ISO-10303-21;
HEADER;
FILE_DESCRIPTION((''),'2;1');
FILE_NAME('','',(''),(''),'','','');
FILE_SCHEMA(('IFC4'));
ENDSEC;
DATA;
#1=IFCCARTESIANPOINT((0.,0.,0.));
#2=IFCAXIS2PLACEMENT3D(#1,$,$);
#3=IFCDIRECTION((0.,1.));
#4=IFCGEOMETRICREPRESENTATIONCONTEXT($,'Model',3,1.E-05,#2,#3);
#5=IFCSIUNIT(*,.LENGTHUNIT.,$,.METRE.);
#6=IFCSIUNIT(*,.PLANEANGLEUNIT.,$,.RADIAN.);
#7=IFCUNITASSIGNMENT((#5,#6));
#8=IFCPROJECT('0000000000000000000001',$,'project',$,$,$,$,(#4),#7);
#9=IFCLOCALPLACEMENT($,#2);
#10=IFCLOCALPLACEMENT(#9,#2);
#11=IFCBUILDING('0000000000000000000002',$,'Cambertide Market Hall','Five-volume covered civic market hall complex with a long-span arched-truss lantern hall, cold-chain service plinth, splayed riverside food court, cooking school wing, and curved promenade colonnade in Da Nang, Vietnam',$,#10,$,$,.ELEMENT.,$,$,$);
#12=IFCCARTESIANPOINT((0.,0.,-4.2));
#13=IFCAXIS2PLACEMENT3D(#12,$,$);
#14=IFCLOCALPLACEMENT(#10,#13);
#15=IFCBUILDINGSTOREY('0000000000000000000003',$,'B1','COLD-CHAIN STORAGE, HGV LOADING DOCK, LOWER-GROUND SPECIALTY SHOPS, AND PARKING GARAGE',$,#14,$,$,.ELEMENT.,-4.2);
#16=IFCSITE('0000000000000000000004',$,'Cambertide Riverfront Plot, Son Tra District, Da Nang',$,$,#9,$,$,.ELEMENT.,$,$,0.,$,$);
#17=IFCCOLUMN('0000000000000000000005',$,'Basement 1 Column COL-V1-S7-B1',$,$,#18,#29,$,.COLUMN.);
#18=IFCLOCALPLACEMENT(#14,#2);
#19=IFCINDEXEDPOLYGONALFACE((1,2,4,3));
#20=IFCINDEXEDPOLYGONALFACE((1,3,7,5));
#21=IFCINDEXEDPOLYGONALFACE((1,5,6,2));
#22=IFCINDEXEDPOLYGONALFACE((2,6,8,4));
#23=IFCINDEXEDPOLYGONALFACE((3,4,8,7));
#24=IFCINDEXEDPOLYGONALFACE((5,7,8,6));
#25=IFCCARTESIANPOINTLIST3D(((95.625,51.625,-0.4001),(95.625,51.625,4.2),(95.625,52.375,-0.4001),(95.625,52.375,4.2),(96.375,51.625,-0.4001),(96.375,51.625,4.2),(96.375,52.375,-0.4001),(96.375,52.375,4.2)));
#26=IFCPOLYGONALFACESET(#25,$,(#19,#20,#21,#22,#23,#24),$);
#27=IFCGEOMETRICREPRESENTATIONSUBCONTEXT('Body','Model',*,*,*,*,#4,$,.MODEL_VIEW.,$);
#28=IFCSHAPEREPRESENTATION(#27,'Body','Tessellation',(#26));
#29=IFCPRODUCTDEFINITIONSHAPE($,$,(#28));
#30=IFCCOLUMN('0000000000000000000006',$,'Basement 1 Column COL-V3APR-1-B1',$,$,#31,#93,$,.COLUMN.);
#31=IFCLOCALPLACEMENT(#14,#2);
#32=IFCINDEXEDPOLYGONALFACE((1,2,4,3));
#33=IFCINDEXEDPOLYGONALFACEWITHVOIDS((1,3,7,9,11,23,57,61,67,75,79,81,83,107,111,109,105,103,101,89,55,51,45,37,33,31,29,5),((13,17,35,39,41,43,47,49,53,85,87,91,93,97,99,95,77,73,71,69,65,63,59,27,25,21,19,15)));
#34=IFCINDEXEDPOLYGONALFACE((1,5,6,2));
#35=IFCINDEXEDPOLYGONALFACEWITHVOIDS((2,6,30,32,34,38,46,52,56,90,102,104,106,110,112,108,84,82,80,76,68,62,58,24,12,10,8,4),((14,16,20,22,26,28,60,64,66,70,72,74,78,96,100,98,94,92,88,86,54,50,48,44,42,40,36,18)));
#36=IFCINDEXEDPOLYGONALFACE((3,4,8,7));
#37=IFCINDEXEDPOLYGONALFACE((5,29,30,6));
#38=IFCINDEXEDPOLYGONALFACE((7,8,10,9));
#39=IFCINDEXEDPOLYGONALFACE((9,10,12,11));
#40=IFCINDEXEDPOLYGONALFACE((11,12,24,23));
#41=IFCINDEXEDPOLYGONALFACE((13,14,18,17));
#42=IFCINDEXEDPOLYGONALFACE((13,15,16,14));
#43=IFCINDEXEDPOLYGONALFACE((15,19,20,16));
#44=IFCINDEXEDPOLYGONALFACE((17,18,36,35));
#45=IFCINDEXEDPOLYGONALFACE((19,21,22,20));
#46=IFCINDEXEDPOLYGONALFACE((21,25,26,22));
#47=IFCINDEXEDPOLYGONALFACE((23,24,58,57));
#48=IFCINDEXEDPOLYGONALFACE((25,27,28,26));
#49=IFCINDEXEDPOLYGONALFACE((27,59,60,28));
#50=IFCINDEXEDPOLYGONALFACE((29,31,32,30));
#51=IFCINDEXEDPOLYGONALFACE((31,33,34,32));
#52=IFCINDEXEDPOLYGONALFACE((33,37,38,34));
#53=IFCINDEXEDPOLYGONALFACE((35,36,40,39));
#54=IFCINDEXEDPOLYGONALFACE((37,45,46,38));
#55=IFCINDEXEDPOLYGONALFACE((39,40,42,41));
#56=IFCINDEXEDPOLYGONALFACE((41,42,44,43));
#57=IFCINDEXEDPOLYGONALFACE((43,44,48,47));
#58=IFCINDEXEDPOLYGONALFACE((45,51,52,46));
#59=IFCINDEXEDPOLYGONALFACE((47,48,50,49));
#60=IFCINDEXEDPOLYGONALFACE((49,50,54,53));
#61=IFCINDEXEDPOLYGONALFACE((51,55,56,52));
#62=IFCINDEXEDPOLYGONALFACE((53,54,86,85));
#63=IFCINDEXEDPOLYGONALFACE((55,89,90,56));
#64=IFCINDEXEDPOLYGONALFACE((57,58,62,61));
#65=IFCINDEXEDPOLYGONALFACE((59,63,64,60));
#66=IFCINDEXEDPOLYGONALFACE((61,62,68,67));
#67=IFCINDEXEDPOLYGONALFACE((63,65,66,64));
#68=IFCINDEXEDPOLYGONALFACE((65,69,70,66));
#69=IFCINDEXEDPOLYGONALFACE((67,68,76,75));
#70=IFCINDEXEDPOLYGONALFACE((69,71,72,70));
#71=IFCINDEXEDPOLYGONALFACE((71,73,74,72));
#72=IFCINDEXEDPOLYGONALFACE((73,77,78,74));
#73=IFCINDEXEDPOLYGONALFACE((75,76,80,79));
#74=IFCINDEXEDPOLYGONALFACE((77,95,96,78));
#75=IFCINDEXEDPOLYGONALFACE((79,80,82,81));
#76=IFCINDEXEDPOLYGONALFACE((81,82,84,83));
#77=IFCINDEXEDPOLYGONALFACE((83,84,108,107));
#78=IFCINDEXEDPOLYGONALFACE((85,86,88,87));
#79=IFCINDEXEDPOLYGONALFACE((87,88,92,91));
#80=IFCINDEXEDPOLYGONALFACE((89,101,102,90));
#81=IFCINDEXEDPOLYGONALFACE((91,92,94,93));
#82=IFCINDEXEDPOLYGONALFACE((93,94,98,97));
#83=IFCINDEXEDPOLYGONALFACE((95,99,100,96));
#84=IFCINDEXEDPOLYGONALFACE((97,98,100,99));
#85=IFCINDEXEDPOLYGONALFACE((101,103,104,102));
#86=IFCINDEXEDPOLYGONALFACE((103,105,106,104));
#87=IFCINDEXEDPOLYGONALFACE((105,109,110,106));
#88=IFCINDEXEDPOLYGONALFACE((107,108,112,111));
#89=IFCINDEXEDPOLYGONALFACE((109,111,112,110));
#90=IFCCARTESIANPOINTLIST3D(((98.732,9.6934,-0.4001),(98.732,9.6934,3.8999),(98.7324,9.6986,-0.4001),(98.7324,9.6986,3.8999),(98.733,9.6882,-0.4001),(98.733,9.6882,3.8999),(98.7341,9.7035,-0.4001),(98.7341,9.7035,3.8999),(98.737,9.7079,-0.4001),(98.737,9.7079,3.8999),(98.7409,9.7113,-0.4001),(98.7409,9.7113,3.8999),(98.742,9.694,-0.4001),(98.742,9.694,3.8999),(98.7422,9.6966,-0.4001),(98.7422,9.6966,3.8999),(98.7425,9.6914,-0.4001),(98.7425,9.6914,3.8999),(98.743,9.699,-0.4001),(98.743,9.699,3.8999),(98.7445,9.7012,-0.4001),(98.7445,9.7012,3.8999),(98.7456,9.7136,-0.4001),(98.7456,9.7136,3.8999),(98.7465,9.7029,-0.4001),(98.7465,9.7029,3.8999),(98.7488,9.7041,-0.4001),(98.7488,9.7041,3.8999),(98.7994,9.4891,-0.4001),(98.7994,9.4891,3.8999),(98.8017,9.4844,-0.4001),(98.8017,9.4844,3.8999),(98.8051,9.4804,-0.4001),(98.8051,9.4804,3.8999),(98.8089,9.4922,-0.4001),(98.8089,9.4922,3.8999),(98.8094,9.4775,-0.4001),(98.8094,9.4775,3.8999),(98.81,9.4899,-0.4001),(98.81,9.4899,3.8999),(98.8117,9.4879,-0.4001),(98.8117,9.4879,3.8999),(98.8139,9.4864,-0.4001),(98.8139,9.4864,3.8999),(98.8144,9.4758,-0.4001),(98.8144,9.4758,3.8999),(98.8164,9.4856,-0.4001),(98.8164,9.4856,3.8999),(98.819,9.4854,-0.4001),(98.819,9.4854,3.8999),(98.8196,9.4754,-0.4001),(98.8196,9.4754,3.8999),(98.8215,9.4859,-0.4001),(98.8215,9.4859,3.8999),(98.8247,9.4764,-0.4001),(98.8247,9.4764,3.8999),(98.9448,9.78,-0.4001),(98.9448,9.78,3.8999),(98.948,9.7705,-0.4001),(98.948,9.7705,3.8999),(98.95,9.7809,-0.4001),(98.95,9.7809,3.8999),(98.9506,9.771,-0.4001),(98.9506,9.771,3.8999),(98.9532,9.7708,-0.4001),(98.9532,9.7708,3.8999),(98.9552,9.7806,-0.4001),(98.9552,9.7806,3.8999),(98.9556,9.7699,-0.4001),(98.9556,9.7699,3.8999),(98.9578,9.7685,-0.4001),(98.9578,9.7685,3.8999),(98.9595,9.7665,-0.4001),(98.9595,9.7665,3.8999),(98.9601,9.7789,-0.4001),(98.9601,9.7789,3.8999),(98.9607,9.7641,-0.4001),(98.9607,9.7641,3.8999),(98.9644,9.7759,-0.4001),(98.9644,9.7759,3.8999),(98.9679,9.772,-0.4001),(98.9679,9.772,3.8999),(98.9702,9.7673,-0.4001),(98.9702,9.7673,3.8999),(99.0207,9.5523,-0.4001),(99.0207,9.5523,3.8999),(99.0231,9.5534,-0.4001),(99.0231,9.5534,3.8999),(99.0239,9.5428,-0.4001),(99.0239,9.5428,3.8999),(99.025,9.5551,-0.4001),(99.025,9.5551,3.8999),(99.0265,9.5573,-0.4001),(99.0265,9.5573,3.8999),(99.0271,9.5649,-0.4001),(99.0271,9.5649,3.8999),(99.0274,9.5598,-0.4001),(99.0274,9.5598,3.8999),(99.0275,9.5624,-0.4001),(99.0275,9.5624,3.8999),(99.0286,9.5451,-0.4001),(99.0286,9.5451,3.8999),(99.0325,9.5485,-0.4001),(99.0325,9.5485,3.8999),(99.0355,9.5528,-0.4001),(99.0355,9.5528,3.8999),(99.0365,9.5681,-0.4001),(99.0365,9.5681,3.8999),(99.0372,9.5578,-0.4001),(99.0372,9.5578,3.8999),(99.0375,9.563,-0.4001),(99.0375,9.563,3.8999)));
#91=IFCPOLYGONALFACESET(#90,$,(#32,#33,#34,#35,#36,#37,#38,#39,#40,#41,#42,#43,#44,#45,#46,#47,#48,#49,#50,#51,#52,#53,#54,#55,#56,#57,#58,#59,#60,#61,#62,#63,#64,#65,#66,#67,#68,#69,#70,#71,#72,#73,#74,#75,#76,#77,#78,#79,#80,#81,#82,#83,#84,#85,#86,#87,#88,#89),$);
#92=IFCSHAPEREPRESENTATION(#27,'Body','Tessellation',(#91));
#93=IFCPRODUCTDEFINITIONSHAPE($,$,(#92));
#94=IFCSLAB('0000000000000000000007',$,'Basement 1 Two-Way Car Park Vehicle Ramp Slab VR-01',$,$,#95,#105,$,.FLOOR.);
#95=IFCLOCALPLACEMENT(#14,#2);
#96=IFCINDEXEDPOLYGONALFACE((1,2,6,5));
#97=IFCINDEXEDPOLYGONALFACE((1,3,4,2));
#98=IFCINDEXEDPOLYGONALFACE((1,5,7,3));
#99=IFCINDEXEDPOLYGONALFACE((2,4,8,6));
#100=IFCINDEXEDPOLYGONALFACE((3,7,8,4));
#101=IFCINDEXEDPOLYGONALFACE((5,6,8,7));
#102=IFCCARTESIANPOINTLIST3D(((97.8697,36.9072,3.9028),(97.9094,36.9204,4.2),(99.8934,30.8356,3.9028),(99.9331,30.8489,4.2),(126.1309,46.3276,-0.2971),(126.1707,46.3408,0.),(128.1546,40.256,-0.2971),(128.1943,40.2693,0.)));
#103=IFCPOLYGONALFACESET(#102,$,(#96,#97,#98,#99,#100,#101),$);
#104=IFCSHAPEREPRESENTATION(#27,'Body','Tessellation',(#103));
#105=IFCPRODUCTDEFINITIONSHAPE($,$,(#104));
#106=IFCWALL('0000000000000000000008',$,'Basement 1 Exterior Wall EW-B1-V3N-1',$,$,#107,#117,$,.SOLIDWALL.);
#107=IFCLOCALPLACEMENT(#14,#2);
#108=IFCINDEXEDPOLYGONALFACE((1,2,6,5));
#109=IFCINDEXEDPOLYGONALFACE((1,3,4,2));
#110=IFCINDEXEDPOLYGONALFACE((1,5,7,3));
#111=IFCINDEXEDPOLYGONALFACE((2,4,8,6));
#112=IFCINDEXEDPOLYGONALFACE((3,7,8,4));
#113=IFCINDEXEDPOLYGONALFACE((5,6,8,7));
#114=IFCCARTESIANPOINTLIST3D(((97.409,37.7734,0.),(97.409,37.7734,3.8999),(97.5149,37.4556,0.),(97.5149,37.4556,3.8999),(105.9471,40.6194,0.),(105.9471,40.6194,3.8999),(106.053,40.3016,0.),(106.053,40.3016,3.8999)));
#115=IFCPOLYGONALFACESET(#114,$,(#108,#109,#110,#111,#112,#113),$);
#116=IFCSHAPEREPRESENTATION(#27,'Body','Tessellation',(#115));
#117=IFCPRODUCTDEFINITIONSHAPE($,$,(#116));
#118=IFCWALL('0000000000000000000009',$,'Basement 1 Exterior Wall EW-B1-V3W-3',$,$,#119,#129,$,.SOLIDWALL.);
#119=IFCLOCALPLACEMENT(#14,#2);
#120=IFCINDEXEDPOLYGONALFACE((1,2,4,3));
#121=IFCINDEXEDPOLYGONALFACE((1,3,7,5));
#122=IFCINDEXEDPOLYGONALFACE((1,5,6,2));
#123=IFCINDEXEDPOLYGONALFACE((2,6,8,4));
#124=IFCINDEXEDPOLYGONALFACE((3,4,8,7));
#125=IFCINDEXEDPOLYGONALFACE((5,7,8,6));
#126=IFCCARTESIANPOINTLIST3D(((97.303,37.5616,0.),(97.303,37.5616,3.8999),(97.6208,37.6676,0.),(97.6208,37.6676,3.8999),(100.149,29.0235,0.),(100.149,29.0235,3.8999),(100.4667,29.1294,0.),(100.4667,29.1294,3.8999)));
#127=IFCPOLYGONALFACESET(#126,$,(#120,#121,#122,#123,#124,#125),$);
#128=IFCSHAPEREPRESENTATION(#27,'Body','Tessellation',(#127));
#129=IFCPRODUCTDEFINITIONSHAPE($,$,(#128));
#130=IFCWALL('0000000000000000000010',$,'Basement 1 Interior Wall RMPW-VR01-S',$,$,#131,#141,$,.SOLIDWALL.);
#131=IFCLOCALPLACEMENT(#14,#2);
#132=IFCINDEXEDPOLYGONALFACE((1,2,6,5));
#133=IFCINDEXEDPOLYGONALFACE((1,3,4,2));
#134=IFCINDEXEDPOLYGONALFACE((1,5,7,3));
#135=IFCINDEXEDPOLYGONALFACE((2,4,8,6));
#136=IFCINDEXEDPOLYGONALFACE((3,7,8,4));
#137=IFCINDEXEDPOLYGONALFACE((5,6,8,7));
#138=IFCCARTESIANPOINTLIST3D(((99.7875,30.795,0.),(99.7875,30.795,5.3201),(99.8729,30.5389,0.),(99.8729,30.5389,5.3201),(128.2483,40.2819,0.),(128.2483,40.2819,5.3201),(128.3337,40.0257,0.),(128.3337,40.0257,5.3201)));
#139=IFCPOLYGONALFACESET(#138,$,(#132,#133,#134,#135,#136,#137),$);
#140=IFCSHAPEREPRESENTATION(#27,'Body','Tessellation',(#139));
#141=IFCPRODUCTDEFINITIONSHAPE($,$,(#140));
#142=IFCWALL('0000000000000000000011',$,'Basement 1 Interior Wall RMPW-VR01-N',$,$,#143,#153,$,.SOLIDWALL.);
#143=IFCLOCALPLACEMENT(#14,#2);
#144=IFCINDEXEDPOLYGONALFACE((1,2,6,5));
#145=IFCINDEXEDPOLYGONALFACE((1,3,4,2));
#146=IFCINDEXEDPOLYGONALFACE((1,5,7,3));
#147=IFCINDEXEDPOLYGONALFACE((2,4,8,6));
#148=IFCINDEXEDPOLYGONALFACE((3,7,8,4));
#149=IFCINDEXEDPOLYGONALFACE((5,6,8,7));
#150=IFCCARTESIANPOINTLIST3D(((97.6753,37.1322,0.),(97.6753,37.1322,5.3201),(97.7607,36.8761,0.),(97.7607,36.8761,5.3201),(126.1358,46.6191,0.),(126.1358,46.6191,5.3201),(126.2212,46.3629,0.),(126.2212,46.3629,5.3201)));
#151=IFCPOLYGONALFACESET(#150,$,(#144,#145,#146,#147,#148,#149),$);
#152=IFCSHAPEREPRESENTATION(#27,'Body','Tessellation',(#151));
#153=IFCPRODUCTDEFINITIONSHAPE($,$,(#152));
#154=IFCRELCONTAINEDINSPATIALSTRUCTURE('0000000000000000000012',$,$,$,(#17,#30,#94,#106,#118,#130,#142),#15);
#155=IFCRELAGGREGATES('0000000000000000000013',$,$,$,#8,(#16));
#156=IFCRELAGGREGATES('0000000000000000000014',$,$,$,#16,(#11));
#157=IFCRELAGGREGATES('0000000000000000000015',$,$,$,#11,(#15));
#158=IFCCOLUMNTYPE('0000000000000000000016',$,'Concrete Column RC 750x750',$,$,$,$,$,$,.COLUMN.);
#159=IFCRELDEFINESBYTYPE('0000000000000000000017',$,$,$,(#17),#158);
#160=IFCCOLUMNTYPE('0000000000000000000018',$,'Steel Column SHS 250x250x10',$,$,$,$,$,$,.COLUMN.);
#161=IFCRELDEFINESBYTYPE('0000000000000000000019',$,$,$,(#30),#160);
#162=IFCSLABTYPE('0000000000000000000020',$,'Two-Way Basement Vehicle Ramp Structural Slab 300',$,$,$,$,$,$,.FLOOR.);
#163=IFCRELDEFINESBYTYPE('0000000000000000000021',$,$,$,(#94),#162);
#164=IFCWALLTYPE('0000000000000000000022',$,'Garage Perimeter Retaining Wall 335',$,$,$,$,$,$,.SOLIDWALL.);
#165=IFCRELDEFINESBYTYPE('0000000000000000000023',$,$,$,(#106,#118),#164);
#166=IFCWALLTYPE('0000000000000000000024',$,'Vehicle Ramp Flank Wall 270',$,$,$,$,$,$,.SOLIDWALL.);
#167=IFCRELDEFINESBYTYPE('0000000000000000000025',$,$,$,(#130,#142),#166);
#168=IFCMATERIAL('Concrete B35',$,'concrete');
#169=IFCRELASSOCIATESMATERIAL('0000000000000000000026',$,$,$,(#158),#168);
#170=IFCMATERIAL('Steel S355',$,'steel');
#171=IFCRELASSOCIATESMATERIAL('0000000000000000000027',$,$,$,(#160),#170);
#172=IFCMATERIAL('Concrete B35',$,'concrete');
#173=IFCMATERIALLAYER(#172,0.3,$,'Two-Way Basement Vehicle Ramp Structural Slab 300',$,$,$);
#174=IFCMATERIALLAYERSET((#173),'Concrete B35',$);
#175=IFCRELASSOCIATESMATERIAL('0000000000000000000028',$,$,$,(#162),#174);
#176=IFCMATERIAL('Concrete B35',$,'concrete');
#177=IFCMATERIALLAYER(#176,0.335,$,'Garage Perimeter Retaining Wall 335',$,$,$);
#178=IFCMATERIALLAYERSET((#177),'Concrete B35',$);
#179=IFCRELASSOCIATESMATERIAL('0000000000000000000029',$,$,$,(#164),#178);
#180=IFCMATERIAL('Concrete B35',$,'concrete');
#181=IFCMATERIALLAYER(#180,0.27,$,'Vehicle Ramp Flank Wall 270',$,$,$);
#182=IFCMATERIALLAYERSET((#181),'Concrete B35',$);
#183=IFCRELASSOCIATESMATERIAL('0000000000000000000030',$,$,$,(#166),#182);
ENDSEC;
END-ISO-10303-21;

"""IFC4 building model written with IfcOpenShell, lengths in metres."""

from ifc_helpers import new_model, si_unit, direction, frame, frame_2d, origin, origin_2d, place, context, subcontext, project, spatial, polyline, rectangle, hollow_rectangle, outline, extrude, material, layer, layer_set, material_profile, profile_set, type_object, element, save


model = new_model("IFC4")

# Units and contexts
model_context = context("Model", 3, precision=1e-05, world=origin(), true_north=direction((0.0, 1.0)))
body_context = subcontext(model_context, "Body", "Model", "MODEL_VIEW")
ifc_project = project(units=[si_unit("LENGTHUNIT", "METRE"), si_unit("PLANEANGLEUNIT", "RADIAN")], contexts=[model_context])

# Site, building, storey
site_placement = place(None, origin())
site = spatial("IfcSite", under=ifc_project, at=site_placement, Name="Cambertide Riverfront Plot, Son Tra District, Da Nang", CompositionType="ELEMENT", RefElevation=0.0)
building_placement = place(site_placement, origin())
building = spatial("IfcBuilding", under=site, at=building_placement, Name="Cambertide Market Hall", Description="Five-volume covered civic market hall complex with a long-span arched-truss lantern hall, cold-chain service plinth, splayed riverside food court, cooking school wing, and curved promenade colonnade in Da Nang, Vietnam", CompositionType="ELEMENT")
storey_placement = place(building_placement, frame((0.0, 0.0, -4.2)))
storey = spatial("IfcBuildingStorey", under=building, at=storey_placement, Name="B1", Description="COLD-CHAIN STORAGE, HGV LOADING DOCK, LOWER-GROUND SPECIALTY SHOPS, AND PARKING GARAGE", CompositionType="ELEMENT", Elevation=-4.2)

# Columns
ifc_material_1 = material(Name="Concrete B35", Category="concrete")
ifc_material_profile_1 = material_profile(ifc_material_1, rectangle(XDim=0.75, YDim=0.75, at=origin_2d()), Name="RC 750x750")
ifc_profile_set_1 = profile_set([ifc_material_profile_1], Name="Concrete B35")
column_type_1 = type_object("IfcColumnType", Name="Concrete Column RC 750x750", PredefinedType="COLUMN", material=ifc_profile_set_1)
column_1_placement = place(storey_placement, frame((96.0, 52.0, -0.4001), z_axis=(0.0, 0.0, 1.0), x_axis=(0.0, 1.0, 0.0)))
element("IfcColumn", 1, at=column_1_placement, inside=storey, type_object=column_type_1, Name="Basement 1 Column COL-V1-S7-B1", PredefinedType="COLUMN", context=body_context, shape_type="SweptSolid", body=[
    extrude(rectangle(XDim=0.75, YDim=0.75, at=origin_2d()), origin(), (0.0, 0.0, 1.0), 4.6001),
])
ifc_material_2 = material(Name="Steel S355", Category="steel")
ifc_material_profile_2 = material_profile(ifc_material_2, hollow_rectangle(XDim=0.25, YDim=0.25, WallThickness=0.01, InnerFilletRadius=0.01, OuterFilletRadius=0.02, at=origin_2d()), Name="SHS 250x250x10")
ifc_profile_set_2 = profile_set([ifc_material_profile_2], Name="Steel S355")
column_type_2 = type_object("IfcColumnType", Name="Steel Column SHS 250x250x10", PredefinedType="COLUMN", material=ifc_profile_set_2)
column_2_placement = place(storey_placement, frame((98.8848, 9.6282, -0.4001), z_axis=(0.0, 0.0, 1.0), x_axis=(0.948683, 0.316228, 0.0)))
element("IfcColumn", 2, at=column_2_placement, inside=storey, type_object=column_type_2, Name="Basement 1 Column COL-V3APR-1-B1", PredefinedType="COLUMN", context=body_context, shape_type="SweptSolid", body=[
    extrude(hollow_rectangle(XDim=0.25, YDim=0.25, WallThickness=0.01, InnerFilletRadius=0.01, OuterFilletRadius=0.02, at=origin_2d()), origin(), (0.0, 0.0, 1.0), 4.3),
])

# Slab
ifc_material_3 = material(Name="Concrete B35", Category="concrete")
ifc_layer_1 = layer(ifc_material_3, 0.3, Name="Two-Way Basement Vehicle Ramp Structural Slab 300")
ifc_layer_set_1 = layer_set([ifc_layer_1], Name="Concrete B35")
slab_type = type_object("IfcSlabType", Name="Two-Way Basement Vehicle Ramp Structural Slab 300", PredefinedType="FLOOR", material=ifc_layer_set_1)
slab_placement = place(storey_placement, frame((99.9331, 30.8489, 4.2), z_axis=(0.132442, 0.044144, 0.990207), x_axis=(0.939393, 0.313131, -0.139605)))
element("IfcSlab", 3, at=slab_placement, inside=storey, type_object=slab_type, Name="Basement 1 Two-Way Car Park Vehicle Ramp Slab VR-01", PredefinedType="FLOOR", context=body_context, shape_type="SweptSolid", body=[
    extrude(outline(polyline([(0.0, 0.0), (30.0846, 0.0), (30.0847, 6.3999), (0.0002, 6.3999), (0.0, 0.0)])), origin(), (0.0, 0.0, -1.0), 0.3),
])

# Walls
ifc_material_4 = material(Name="Concrete B35", Category="concrete")
ifc_layer_2 = layer(ifc_material_4, 0.335, Name="Garage Perimeter Retaining Wall 335")
ifc_layer_set_2 = layer_set([ifc_layer_2], Name="Concrete B35")
wall_type_1 = type_object("IfcWallType", Name="Garage Perimeter Retaining Wall 335", PredefinedType="SOLIDWALL", material=ifc_layer_set_2)
for number, where, z_axis, x_axis, name in (
    (4, (97.4619, 37.6145, 0.0), (0.0, 0.0, 1.0), (0.948686, 0.31622, 0.0), "Basement 1 Exterior Wall EW-B1-V3N-1"),
    (5, (100.3079, 29.0764, 0.0), (0.0, 0.0, 1.0), (-0.31622, 0.948686, 0.0), "Basement 1 Exterior Wall EW-B1-V3W-3"),
):
    element("IfcWall", number, at=place(storey_placement, frame(where, z_axis=z_axis, x_axis=x_axis)), inside=storey, type_object=wall_type_1, Name=name, PredefinedType="SOLIDWALL", context=body_context, shape_type="SweptSolid", body=[
        extrude(rectangle(XDim=9.0, YDim=0.335, at=frame_2d((4.5, 0.0))), origin(), (0.0, 0.0, 1.0), 3.8999),
    ])
ifc_material_5 = material(Name="Concrete B35", Category="concrete")
ifc_layer_3 = layer(ifc_material_5, 0.27, Name="Vehicle Ramp Flank Wall 270")
ifc_layer_set_3 = layer_set([ifc_layer_3], Name="Concrete B35")
wall_type_2 = type_object("IfcWallType", Name="Vehicle Ramp Flank Wall 270", PredefinedType="SOLIDWALL", material=ifc_layer_set_3)
wall_1_placement = place(storey_placement, frame((99.8303, 30.667, 0.0), z_axis=(0.0, 0.0, 1.0), x_axis=(0.948684, 0.316225, 0.0)))
element("IfcWall", 6, at=wall_1_placement, inside=storey, type_object=wall_type_2, Name="Basement 1 Interior Wall RMPW-VR01-S", PredefinedType="SOLIDWALL", context=body_context, shape_type="SweptSolid", body=[
    extrude(rectangle(XDim=30.0002, YDim=0.27, at=frame_2d((15.0, 0.0))), origin(), (0.0, 0.0, 1.0), 5.3201),
])
wall_2_placement = place(storey_placement, frame((97.718, 37.0042, 0.0), z_axis=(0.0, 0.0, 1.0), x_axis=(0.948683, 0.316228, 0.0)))
element("IfcWall", 7, at=wall_2_placement, inside=storey, type_object=wall_type_2, Name="Basement 1 Interior Wall RMPW-VR01-N", PredefinedType="SOLIDWALL", context=body_context, shape_type="SweptSolid", body=[
    extrude(rectangle(XDim=30.0, YDim=0.27, at=frame_2d((15.0, 0.0))), origin(), (0.0, 0.0, 1.0), 5.3201),
])

save(model, "model.ifc")
